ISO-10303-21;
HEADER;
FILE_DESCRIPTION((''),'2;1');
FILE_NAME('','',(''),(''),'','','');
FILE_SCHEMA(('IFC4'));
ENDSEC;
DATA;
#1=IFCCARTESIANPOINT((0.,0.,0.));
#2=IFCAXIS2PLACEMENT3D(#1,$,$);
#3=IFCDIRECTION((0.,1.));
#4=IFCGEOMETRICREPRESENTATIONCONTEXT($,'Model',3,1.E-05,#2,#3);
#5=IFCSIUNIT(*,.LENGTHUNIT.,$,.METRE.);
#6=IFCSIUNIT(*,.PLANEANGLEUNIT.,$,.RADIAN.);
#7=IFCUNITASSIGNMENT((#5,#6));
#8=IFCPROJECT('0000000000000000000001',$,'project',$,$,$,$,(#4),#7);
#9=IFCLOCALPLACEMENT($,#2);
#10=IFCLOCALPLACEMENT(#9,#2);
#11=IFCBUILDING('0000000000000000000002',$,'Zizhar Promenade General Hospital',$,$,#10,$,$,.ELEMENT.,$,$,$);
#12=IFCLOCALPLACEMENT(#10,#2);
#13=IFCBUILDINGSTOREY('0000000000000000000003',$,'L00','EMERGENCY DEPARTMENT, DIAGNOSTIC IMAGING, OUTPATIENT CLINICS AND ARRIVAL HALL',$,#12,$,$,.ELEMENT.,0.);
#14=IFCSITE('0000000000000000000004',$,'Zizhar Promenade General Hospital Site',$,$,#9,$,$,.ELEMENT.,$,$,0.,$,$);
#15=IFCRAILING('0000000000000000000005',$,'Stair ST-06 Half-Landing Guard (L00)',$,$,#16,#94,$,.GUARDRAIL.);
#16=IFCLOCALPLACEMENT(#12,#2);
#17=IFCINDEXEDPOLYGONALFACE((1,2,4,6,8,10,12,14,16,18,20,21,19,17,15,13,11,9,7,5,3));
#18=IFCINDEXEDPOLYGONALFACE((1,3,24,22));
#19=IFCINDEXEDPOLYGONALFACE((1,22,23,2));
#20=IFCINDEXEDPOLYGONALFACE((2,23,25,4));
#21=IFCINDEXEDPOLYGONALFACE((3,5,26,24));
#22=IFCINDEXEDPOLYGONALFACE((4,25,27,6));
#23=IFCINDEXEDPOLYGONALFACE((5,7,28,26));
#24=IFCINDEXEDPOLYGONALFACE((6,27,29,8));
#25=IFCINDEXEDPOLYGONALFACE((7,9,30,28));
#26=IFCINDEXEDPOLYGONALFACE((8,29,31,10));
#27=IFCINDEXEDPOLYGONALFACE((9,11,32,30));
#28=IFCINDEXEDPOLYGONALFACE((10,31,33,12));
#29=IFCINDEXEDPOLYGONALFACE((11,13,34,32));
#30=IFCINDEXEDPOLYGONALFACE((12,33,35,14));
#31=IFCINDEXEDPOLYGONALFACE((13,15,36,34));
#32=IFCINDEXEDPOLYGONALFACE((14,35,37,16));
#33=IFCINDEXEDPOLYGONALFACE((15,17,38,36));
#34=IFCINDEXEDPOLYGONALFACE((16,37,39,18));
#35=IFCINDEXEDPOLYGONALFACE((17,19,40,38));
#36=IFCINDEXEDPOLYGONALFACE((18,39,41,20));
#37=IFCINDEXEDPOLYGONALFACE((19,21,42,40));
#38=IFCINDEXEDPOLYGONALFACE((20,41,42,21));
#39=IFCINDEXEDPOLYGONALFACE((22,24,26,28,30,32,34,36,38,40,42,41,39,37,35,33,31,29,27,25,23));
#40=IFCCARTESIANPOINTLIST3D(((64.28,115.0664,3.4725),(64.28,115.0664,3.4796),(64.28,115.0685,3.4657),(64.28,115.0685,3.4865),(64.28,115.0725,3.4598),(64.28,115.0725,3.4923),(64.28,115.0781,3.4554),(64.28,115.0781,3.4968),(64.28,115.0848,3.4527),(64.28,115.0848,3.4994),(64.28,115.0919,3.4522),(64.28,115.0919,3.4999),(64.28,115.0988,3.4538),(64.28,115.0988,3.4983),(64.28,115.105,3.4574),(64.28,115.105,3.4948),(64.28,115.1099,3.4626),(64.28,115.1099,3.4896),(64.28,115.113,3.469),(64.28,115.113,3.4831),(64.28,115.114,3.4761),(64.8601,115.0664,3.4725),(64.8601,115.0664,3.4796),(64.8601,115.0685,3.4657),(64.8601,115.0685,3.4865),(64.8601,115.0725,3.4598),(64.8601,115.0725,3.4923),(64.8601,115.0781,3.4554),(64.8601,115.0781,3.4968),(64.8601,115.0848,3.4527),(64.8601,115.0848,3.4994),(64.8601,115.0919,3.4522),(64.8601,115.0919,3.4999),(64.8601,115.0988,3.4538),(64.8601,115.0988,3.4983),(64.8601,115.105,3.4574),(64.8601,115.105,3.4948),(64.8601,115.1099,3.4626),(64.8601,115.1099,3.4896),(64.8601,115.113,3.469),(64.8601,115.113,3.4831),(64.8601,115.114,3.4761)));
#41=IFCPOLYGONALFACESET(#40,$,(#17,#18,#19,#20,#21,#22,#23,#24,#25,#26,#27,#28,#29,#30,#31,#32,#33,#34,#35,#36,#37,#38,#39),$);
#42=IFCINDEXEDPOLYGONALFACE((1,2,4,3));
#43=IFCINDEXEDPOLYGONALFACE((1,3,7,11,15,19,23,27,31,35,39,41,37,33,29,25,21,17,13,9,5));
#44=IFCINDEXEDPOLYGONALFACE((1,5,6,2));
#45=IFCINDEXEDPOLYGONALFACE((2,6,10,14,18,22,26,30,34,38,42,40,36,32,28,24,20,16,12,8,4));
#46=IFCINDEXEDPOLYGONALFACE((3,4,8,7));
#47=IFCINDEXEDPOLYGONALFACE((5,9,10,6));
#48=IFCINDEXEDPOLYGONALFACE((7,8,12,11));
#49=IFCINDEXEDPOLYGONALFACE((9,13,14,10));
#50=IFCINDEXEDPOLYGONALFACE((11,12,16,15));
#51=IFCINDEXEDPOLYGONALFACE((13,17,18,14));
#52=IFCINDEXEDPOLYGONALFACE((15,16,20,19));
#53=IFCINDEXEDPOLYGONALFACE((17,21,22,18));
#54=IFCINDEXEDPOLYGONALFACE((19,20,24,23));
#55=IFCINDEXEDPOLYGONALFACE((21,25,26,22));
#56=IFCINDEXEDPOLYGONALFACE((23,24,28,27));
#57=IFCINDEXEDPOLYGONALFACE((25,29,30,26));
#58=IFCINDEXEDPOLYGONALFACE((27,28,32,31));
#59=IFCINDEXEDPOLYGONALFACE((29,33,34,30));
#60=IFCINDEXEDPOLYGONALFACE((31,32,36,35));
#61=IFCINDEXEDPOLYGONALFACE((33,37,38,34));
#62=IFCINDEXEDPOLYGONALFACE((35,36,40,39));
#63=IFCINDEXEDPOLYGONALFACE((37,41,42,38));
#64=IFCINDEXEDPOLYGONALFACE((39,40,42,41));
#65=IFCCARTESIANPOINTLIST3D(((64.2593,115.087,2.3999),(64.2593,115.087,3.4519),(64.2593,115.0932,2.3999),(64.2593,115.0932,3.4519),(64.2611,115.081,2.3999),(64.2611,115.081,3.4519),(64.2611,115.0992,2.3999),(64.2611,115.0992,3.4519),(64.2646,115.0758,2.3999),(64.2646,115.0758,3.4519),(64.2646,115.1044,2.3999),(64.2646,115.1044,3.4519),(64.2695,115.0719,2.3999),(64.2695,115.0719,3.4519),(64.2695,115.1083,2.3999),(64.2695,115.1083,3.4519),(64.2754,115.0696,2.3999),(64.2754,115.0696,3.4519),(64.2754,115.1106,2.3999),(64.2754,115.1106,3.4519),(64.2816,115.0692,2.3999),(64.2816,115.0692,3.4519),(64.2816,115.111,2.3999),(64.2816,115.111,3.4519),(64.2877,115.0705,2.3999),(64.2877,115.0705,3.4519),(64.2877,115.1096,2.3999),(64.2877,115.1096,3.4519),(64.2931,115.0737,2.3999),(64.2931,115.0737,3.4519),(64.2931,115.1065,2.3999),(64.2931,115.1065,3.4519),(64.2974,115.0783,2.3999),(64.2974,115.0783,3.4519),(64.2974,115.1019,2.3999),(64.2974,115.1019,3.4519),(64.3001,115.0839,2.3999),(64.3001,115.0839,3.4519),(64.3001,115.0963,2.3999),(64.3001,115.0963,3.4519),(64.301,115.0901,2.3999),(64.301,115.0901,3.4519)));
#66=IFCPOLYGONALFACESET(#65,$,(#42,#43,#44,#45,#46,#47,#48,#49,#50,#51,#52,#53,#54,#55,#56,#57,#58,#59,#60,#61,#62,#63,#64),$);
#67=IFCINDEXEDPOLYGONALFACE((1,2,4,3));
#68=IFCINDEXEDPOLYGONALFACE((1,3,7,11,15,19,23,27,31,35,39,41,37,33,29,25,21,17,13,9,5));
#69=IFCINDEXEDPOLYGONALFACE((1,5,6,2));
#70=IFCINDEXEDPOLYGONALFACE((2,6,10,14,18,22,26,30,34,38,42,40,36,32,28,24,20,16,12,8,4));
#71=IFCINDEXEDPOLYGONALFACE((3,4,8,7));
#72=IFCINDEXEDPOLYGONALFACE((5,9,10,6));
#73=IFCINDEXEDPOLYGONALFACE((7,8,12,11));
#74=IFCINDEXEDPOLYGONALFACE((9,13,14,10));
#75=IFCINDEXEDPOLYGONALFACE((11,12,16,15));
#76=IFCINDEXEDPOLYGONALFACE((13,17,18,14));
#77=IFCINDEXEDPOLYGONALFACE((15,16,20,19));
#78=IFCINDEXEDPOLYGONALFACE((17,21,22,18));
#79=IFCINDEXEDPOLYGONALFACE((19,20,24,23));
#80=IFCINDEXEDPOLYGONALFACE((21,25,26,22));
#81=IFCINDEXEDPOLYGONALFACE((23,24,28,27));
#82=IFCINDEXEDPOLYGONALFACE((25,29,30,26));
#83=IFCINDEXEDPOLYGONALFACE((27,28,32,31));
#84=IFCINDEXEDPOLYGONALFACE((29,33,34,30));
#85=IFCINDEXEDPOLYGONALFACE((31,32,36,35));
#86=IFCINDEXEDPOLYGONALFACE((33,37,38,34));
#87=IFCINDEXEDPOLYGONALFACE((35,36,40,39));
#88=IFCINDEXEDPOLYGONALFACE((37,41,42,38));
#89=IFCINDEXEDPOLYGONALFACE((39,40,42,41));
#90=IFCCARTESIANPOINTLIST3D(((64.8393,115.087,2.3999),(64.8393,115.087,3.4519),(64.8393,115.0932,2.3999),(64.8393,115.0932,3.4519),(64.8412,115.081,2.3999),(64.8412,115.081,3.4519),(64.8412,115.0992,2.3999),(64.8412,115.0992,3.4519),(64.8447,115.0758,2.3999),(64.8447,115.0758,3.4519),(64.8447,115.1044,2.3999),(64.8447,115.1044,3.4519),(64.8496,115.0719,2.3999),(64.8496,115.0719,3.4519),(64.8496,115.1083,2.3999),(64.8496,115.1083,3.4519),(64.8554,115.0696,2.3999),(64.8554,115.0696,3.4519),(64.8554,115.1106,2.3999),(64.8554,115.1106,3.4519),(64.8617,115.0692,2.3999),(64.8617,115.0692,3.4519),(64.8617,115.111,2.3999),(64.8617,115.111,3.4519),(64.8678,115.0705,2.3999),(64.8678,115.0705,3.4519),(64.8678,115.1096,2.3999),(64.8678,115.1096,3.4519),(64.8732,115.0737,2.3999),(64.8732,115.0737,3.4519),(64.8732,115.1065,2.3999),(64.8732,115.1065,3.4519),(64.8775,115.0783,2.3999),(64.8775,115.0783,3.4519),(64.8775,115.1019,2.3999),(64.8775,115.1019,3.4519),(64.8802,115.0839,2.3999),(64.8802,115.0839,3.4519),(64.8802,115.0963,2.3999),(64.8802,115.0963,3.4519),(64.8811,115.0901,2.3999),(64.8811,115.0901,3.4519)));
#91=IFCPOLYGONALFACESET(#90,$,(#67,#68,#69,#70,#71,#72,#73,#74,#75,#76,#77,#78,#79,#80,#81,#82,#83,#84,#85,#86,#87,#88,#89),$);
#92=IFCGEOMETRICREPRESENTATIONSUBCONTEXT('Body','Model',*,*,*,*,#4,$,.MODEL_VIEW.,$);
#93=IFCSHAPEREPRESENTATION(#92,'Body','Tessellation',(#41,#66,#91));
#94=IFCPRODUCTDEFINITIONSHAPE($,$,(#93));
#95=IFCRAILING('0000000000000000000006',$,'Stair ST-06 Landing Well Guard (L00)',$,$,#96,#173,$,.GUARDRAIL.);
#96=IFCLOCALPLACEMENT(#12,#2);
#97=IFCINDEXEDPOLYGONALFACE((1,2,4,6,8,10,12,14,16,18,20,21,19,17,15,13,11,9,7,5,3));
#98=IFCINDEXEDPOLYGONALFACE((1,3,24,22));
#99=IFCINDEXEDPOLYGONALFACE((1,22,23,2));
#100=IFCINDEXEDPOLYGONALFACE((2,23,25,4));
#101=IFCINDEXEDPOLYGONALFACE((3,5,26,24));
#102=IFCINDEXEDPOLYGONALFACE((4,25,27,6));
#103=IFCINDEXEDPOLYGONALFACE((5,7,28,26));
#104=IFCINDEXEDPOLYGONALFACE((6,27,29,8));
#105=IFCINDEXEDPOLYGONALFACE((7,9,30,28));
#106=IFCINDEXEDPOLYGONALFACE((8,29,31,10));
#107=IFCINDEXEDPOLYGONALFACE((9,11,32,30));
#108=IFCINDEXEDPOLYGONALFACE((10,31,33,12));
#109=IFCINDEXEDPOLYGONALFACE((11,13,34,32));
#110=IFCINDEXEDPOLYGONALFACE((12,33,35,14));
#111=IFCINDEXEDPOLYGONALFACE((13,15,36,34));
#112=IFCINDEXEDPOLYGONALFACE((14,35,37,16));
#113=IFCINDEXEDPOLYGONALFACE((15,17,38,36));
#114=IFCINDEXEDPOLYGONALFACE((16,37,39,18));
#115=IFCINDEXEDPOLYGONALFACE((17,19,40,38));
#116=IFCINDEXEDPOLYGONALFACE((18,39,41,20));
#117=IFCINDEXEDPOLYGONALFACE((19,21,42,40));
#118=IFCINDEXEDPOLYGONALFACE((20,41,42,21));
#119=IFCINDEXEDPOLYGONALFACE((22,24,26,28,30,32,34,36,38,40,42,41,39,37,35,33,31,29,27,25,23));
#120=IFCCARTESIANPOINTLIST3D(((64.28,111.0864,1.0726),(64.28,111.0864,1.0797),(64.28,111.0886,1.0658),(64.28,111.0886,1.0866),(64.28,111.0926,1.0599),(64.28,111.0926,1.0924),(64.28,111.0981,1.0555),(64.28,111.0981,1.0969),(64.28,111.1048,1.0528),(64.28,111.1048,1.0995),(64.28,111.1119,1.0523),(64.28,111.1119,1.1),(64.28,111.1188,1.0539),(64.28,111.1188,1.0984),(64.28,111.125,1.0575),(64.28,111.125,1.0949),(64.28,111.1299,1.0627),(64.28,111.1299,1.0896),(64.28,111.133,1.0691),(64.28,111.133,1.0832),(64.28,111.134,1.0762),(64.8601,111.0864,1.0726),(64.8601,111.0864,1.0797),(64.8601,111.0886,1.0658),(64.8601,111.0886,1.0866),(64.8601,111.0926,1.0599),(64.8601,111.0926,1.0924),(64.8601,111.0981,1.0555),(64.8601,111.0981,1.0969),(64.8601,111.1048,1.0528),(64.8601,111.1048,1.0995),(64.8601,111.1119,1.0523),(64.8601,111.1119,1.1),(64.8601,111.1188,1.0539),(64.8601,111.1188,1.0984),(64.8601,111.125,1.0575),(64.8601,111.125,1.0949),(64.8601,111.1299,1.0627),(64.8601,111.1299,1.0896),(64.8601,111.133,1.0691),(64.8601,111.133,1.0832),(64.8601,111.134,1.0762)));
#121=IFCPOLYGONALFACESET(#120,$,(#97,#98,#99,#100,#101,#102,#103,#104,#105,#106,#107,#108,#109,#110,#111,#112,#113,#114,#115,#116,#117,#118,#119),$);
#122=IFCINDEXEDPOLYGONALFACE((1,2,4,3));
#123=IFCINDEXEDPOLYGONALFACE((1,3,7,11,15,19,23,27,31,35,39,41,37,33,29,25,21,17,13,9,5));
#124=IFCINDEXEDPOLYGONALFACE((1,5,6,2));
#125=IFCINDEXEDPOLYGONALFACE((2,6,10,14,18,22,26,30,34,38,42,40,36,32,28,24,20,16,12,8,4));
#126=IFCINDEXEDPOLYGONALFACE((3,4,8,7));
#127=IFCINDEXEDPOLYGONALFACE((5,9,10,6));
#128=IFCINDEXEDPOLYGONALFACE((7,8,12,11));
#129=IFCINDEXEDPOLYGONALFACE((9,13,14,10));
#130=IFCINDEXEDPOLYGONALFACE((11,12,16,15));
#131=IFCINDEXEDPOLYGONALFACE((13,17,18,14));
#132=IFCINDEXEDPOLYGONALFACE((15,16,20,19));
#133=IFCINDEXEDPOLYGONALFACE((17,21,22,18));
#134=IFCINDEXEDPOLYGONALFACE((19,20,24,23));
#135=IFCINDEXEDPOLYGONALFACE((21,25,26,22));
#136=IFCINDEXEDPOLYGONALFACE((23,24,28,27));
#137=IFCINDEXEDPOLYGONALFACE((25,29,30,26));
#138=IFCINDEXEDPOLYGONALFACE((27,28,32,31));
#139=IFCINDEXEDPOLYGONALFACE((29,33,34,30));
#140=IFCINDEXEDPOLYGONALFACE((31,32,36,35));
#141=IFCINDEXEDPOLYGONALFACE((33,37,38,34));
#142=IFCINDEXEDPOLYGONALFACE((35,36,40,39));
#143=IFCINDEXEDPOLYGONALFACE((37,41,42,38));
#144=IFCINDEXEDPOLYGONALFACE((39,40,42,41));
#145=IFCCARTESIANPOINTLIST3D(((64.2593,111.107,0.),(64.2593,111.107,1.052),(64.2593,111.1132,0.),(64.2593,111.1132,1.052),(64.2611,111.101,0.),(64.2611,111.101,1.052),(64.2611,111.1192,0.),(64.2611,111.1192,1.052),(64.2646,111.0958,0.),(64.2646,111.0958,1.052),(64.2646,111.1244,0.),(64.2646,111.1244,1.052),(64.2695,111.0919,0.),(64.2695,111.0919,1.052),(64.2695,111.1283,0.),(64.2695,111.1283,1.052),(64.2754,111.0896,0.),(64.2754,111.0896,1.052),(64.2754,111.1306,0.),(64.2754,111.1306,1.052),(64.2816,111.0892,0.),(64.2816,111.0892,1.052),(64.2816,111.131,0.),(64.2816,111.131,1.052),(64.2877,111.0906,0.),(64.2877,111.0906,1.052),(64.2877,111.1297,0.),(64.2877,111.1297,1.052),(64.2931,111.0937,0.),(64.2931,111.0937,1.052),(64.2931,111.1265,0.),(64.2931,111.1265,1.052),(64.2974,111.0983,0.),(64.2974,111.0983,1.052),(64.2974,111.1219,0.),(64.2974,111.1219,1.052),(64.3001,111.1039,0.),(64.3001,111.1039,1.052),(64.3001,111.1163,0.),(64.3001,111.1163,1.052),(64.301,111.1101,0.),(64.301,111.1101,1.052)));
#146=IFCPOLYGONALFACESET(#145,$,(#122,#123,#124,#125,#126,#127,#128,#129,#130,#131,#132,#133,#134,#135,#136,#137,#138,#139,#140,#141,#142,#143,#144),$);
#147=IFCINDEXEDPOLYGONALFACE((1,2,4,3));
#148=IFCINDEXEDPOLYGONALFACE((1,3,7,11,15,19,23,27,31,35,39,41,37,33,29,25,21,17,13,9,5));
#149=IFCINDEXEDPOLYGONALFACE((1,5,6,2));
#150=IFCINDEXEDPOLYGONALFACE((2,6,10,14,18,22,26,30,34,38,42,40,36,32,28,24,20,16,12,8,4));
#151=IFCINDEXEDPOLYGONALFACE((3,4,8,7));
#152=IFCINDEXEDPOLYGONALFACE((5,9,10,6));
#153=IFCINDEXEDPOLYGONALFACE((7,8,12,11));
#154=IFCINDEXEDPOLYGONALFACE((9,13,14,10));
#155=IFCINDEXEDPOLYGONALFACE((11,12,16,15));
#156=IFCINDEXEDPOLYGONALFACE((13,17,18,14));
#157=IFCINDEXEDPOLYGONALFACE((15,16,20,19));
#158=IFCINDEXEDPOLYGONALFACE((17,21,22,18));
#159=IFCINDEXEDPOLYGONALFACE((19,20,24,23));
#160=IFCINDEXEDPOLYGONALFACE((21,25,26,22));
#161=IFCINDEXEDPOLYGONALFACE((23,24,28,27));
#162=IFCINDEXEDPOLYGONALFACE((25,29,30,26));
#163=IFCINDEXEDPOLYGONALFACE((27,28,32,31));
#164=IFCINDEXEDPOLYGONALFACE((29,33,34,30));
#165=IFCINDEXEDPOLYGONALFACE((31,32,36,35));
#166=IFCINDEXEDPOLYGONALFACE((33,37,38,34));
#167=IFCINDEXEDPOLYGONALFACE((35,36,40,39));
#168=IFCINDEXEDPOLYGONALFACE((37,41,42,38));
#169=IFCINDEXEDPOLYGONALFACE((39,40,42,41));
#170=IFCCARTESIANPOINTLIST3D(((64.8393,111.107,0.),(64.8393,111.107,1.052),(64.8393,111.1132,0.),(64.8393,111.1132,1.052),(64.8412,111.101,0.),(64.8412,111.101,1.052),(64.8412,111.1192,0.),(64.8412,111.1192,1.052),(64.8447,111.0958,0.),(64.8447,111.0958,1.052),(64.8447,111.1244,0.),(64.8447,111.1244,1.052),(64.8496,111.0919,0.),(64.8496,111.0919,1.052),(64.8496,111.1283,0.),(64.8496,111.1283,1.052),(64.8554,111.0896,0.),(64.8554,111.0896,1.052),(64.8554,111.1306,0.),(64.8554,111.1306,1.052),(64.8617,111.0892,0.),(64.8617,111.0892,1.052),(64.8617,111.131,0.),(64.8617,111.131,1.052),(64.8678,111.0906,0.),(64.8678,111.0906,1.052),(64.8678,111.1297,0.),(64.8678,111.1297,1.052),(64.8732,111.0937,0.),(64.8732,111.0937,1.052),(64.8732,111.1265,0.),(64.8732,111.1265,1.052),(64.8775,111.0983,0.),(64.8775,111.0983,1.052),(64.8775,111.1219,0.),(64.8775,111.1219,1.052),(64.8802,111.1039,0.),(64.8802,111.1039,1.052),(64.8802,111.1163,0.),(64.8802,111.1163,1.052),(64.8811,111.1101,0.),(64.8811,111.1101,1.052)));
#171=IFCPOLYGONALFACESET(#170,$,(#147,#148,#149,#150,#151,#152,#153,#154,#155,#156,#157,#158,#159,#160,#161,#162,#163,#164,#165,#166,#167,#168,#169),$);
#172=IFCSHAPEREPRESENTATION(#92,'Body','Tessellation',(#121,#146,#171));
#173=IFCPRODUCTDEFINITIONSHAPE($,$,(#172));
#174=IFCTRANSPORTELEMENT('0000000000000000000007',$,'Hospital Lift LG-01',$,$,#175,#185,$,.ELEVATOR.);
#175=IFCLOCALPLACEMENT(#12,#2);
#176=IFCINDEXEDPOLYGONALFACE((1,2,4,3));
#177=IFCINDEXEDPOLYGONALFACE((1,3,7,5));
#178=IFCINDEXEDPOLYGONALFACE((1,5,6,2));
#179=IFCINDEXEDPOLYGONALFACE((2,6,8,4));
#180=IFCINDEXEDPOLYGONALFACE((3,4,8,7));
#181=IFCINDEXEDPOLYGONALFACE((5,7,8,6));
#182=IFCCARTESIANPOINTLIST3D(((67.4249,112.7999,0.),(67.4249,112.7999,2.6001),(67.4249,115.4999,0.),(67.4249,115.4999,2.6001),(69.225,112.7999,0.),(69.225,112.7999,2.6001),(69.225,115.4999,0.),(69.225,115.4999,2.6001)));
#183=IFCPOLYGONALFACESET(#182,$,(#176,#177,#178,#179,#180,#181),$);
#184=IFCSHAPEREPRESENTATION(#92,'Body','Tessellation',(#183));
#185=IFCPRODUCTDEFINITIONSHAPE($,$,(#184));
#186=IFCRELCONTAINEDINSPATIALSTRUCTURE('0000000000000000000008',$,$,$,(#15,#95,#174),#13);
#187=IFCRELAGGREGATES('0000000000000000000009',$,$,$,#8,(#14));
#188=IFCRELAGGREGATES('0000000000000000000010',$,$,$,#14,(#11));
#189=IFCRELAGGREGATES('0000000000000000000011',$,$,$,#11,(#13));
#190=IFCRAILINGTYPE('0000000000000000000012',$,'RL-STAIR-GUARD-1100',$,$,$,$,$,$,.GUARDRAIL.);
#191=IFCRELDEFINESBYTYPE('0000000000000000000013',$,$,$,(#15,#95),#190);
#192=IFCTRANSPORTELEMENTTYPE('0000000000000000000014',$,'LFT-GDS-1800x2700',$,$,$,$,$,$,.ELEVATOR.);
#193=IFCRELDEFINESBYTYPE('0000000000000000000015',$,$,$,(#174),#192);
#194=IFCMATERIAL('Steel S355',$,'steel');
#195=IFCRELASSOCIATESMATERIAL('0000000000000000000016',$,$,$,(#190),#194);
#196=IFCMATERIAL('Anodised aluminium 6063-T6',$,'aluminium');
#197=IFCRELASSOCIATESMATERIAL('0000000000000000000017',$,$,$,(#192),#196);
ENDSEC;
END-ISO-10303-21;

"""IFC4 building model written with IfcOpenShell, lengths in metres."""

from ifc_helpers import new_model, si_unit, direction, frame, origin, origin_2d, place, context, subcontext, project, spatial, rectangle, circle, hollow_circle, extrude, material, material_profile, profile_set, type_object, element, save


model = new_model("IFC4")

# Units and contexts
model_context = context("Model", 3, precision=1e-05, world=origin(), true_north=direction((0.0, 1.0)))
body_context = subcontext(model_context, "Body", "Model", "MODEL_VIEW")
ifc_project = project(units=[si_unit("LENGTHUNIT", "METRE"), si_unit("PLANEANGLEUNIT", "RADIAN")], contexts=[model_context])

# Site, building, storey
site_placement = place(None, origin())
site = spatial("IfcSite", under=ifc_project, at=site_placement, Name="Zizhar Promenade General Hospital Site", CompositionType="ELEMENT", RefElevation=0.0)
building_placement = place(site_placement, origin())
building = spatial("IfcBuilding", under=site, at=building_placement, Name="Zizhar Promenade General Hospital", CompositionType="ELEMENT")
storey_placement = place(building_placement, origin())
storey = spatial("IfcBuildingStorey", under=building, at=storey_placement, Name="L00", Description="EMERGENCY DEPARTMENT, DIAGNOSTIC IMAGING, OUTPATIENT CLINICS AND ARRIVAL HALL", CompositionType="ELEMENT", Elevation=0.0)

# Railings
ifc_material_1 = material(Name="Steel S355", Category="steel")
ifc_material_profile_1 = material_profile(ifc_material_1, hollow_circle(Radius=0.0698, WallThickness=0.0063, at=origin_2d()))
ifc_profile_set_1 = profile_set([ifc_material_profile_1], Name="Steel S355")
railing_type_1 = type_object("IfcRailingType", Name="RL-STAIR-GUARD-1100", PredefinedType="GUARDRAIL", material=ifc_profile_set_1)
for number, where, name in (
    (1, (64.28, 115.0901, 2.3999), "Stair ST-06 Half-Landing Guard (L00)"),
    (2, (64.28, 111.1101, 0.0), "Stair ST-06 Landing Well Guard (L00)"),
):
    element("IfcRailing", number, at=place(storey_placement, frame(where)), inside=storey, type_object=railing_type_1, Name=name, PredefinedType="GUARDRAIL", context=body_context, shape_type="SweptSolid", body=[
        extrude(circle(Radius=0.0239, at=origin_2d()), frame((0.0, 0.0, 1.0762), z_axis=(1.0, 0.0, 0.0), x_axis=(0.0, 1.0, 0.0)), (0.0, 0.0, 1.0), 0.5801),
        extrude(circle(Radius=0.021, at=origin_2d()), origin(), (0.0, 0.0, 1.0), 1.052),
        extrude(circle(Radius=0.021, at=origin_2d()), frame((0.5801, 0.0, 0.0)), (0.0, 0.0, 1.0), 1.052),
    ])

# Transport element
ifc_material_2 = material(Name="Anodised aluminium 6063-T6", Category="aluminium")
transport_element_type = type_object("IfcTransportElementType", Name="LFT-GDS-1800x2700", PredefinedType="ELEVATOR", material=ifc_material_2)
transport_element_placement = place(storey_placement, frame((68.325, 114.1499, 0.0), z_axis=(0.0, 0.0, 1.0), x_axis=(1.0, 0.0, 0.0)))
element("IfcTransportElement", 3, at=transport_element_placement, inside=storey, type_object=transport_element_type, Name="Hospital Lift LG-01", PredefinedType="ELEVATOR", context=body_context, shape_type="SweptSolid", body=[
    extrude(rectangle(XDim=1.8, YDim=2.7, at=origin_2d()), origin(), (0.0, 0.0, 1.0), 2.6001),
])

save(model, "model.ifc")
